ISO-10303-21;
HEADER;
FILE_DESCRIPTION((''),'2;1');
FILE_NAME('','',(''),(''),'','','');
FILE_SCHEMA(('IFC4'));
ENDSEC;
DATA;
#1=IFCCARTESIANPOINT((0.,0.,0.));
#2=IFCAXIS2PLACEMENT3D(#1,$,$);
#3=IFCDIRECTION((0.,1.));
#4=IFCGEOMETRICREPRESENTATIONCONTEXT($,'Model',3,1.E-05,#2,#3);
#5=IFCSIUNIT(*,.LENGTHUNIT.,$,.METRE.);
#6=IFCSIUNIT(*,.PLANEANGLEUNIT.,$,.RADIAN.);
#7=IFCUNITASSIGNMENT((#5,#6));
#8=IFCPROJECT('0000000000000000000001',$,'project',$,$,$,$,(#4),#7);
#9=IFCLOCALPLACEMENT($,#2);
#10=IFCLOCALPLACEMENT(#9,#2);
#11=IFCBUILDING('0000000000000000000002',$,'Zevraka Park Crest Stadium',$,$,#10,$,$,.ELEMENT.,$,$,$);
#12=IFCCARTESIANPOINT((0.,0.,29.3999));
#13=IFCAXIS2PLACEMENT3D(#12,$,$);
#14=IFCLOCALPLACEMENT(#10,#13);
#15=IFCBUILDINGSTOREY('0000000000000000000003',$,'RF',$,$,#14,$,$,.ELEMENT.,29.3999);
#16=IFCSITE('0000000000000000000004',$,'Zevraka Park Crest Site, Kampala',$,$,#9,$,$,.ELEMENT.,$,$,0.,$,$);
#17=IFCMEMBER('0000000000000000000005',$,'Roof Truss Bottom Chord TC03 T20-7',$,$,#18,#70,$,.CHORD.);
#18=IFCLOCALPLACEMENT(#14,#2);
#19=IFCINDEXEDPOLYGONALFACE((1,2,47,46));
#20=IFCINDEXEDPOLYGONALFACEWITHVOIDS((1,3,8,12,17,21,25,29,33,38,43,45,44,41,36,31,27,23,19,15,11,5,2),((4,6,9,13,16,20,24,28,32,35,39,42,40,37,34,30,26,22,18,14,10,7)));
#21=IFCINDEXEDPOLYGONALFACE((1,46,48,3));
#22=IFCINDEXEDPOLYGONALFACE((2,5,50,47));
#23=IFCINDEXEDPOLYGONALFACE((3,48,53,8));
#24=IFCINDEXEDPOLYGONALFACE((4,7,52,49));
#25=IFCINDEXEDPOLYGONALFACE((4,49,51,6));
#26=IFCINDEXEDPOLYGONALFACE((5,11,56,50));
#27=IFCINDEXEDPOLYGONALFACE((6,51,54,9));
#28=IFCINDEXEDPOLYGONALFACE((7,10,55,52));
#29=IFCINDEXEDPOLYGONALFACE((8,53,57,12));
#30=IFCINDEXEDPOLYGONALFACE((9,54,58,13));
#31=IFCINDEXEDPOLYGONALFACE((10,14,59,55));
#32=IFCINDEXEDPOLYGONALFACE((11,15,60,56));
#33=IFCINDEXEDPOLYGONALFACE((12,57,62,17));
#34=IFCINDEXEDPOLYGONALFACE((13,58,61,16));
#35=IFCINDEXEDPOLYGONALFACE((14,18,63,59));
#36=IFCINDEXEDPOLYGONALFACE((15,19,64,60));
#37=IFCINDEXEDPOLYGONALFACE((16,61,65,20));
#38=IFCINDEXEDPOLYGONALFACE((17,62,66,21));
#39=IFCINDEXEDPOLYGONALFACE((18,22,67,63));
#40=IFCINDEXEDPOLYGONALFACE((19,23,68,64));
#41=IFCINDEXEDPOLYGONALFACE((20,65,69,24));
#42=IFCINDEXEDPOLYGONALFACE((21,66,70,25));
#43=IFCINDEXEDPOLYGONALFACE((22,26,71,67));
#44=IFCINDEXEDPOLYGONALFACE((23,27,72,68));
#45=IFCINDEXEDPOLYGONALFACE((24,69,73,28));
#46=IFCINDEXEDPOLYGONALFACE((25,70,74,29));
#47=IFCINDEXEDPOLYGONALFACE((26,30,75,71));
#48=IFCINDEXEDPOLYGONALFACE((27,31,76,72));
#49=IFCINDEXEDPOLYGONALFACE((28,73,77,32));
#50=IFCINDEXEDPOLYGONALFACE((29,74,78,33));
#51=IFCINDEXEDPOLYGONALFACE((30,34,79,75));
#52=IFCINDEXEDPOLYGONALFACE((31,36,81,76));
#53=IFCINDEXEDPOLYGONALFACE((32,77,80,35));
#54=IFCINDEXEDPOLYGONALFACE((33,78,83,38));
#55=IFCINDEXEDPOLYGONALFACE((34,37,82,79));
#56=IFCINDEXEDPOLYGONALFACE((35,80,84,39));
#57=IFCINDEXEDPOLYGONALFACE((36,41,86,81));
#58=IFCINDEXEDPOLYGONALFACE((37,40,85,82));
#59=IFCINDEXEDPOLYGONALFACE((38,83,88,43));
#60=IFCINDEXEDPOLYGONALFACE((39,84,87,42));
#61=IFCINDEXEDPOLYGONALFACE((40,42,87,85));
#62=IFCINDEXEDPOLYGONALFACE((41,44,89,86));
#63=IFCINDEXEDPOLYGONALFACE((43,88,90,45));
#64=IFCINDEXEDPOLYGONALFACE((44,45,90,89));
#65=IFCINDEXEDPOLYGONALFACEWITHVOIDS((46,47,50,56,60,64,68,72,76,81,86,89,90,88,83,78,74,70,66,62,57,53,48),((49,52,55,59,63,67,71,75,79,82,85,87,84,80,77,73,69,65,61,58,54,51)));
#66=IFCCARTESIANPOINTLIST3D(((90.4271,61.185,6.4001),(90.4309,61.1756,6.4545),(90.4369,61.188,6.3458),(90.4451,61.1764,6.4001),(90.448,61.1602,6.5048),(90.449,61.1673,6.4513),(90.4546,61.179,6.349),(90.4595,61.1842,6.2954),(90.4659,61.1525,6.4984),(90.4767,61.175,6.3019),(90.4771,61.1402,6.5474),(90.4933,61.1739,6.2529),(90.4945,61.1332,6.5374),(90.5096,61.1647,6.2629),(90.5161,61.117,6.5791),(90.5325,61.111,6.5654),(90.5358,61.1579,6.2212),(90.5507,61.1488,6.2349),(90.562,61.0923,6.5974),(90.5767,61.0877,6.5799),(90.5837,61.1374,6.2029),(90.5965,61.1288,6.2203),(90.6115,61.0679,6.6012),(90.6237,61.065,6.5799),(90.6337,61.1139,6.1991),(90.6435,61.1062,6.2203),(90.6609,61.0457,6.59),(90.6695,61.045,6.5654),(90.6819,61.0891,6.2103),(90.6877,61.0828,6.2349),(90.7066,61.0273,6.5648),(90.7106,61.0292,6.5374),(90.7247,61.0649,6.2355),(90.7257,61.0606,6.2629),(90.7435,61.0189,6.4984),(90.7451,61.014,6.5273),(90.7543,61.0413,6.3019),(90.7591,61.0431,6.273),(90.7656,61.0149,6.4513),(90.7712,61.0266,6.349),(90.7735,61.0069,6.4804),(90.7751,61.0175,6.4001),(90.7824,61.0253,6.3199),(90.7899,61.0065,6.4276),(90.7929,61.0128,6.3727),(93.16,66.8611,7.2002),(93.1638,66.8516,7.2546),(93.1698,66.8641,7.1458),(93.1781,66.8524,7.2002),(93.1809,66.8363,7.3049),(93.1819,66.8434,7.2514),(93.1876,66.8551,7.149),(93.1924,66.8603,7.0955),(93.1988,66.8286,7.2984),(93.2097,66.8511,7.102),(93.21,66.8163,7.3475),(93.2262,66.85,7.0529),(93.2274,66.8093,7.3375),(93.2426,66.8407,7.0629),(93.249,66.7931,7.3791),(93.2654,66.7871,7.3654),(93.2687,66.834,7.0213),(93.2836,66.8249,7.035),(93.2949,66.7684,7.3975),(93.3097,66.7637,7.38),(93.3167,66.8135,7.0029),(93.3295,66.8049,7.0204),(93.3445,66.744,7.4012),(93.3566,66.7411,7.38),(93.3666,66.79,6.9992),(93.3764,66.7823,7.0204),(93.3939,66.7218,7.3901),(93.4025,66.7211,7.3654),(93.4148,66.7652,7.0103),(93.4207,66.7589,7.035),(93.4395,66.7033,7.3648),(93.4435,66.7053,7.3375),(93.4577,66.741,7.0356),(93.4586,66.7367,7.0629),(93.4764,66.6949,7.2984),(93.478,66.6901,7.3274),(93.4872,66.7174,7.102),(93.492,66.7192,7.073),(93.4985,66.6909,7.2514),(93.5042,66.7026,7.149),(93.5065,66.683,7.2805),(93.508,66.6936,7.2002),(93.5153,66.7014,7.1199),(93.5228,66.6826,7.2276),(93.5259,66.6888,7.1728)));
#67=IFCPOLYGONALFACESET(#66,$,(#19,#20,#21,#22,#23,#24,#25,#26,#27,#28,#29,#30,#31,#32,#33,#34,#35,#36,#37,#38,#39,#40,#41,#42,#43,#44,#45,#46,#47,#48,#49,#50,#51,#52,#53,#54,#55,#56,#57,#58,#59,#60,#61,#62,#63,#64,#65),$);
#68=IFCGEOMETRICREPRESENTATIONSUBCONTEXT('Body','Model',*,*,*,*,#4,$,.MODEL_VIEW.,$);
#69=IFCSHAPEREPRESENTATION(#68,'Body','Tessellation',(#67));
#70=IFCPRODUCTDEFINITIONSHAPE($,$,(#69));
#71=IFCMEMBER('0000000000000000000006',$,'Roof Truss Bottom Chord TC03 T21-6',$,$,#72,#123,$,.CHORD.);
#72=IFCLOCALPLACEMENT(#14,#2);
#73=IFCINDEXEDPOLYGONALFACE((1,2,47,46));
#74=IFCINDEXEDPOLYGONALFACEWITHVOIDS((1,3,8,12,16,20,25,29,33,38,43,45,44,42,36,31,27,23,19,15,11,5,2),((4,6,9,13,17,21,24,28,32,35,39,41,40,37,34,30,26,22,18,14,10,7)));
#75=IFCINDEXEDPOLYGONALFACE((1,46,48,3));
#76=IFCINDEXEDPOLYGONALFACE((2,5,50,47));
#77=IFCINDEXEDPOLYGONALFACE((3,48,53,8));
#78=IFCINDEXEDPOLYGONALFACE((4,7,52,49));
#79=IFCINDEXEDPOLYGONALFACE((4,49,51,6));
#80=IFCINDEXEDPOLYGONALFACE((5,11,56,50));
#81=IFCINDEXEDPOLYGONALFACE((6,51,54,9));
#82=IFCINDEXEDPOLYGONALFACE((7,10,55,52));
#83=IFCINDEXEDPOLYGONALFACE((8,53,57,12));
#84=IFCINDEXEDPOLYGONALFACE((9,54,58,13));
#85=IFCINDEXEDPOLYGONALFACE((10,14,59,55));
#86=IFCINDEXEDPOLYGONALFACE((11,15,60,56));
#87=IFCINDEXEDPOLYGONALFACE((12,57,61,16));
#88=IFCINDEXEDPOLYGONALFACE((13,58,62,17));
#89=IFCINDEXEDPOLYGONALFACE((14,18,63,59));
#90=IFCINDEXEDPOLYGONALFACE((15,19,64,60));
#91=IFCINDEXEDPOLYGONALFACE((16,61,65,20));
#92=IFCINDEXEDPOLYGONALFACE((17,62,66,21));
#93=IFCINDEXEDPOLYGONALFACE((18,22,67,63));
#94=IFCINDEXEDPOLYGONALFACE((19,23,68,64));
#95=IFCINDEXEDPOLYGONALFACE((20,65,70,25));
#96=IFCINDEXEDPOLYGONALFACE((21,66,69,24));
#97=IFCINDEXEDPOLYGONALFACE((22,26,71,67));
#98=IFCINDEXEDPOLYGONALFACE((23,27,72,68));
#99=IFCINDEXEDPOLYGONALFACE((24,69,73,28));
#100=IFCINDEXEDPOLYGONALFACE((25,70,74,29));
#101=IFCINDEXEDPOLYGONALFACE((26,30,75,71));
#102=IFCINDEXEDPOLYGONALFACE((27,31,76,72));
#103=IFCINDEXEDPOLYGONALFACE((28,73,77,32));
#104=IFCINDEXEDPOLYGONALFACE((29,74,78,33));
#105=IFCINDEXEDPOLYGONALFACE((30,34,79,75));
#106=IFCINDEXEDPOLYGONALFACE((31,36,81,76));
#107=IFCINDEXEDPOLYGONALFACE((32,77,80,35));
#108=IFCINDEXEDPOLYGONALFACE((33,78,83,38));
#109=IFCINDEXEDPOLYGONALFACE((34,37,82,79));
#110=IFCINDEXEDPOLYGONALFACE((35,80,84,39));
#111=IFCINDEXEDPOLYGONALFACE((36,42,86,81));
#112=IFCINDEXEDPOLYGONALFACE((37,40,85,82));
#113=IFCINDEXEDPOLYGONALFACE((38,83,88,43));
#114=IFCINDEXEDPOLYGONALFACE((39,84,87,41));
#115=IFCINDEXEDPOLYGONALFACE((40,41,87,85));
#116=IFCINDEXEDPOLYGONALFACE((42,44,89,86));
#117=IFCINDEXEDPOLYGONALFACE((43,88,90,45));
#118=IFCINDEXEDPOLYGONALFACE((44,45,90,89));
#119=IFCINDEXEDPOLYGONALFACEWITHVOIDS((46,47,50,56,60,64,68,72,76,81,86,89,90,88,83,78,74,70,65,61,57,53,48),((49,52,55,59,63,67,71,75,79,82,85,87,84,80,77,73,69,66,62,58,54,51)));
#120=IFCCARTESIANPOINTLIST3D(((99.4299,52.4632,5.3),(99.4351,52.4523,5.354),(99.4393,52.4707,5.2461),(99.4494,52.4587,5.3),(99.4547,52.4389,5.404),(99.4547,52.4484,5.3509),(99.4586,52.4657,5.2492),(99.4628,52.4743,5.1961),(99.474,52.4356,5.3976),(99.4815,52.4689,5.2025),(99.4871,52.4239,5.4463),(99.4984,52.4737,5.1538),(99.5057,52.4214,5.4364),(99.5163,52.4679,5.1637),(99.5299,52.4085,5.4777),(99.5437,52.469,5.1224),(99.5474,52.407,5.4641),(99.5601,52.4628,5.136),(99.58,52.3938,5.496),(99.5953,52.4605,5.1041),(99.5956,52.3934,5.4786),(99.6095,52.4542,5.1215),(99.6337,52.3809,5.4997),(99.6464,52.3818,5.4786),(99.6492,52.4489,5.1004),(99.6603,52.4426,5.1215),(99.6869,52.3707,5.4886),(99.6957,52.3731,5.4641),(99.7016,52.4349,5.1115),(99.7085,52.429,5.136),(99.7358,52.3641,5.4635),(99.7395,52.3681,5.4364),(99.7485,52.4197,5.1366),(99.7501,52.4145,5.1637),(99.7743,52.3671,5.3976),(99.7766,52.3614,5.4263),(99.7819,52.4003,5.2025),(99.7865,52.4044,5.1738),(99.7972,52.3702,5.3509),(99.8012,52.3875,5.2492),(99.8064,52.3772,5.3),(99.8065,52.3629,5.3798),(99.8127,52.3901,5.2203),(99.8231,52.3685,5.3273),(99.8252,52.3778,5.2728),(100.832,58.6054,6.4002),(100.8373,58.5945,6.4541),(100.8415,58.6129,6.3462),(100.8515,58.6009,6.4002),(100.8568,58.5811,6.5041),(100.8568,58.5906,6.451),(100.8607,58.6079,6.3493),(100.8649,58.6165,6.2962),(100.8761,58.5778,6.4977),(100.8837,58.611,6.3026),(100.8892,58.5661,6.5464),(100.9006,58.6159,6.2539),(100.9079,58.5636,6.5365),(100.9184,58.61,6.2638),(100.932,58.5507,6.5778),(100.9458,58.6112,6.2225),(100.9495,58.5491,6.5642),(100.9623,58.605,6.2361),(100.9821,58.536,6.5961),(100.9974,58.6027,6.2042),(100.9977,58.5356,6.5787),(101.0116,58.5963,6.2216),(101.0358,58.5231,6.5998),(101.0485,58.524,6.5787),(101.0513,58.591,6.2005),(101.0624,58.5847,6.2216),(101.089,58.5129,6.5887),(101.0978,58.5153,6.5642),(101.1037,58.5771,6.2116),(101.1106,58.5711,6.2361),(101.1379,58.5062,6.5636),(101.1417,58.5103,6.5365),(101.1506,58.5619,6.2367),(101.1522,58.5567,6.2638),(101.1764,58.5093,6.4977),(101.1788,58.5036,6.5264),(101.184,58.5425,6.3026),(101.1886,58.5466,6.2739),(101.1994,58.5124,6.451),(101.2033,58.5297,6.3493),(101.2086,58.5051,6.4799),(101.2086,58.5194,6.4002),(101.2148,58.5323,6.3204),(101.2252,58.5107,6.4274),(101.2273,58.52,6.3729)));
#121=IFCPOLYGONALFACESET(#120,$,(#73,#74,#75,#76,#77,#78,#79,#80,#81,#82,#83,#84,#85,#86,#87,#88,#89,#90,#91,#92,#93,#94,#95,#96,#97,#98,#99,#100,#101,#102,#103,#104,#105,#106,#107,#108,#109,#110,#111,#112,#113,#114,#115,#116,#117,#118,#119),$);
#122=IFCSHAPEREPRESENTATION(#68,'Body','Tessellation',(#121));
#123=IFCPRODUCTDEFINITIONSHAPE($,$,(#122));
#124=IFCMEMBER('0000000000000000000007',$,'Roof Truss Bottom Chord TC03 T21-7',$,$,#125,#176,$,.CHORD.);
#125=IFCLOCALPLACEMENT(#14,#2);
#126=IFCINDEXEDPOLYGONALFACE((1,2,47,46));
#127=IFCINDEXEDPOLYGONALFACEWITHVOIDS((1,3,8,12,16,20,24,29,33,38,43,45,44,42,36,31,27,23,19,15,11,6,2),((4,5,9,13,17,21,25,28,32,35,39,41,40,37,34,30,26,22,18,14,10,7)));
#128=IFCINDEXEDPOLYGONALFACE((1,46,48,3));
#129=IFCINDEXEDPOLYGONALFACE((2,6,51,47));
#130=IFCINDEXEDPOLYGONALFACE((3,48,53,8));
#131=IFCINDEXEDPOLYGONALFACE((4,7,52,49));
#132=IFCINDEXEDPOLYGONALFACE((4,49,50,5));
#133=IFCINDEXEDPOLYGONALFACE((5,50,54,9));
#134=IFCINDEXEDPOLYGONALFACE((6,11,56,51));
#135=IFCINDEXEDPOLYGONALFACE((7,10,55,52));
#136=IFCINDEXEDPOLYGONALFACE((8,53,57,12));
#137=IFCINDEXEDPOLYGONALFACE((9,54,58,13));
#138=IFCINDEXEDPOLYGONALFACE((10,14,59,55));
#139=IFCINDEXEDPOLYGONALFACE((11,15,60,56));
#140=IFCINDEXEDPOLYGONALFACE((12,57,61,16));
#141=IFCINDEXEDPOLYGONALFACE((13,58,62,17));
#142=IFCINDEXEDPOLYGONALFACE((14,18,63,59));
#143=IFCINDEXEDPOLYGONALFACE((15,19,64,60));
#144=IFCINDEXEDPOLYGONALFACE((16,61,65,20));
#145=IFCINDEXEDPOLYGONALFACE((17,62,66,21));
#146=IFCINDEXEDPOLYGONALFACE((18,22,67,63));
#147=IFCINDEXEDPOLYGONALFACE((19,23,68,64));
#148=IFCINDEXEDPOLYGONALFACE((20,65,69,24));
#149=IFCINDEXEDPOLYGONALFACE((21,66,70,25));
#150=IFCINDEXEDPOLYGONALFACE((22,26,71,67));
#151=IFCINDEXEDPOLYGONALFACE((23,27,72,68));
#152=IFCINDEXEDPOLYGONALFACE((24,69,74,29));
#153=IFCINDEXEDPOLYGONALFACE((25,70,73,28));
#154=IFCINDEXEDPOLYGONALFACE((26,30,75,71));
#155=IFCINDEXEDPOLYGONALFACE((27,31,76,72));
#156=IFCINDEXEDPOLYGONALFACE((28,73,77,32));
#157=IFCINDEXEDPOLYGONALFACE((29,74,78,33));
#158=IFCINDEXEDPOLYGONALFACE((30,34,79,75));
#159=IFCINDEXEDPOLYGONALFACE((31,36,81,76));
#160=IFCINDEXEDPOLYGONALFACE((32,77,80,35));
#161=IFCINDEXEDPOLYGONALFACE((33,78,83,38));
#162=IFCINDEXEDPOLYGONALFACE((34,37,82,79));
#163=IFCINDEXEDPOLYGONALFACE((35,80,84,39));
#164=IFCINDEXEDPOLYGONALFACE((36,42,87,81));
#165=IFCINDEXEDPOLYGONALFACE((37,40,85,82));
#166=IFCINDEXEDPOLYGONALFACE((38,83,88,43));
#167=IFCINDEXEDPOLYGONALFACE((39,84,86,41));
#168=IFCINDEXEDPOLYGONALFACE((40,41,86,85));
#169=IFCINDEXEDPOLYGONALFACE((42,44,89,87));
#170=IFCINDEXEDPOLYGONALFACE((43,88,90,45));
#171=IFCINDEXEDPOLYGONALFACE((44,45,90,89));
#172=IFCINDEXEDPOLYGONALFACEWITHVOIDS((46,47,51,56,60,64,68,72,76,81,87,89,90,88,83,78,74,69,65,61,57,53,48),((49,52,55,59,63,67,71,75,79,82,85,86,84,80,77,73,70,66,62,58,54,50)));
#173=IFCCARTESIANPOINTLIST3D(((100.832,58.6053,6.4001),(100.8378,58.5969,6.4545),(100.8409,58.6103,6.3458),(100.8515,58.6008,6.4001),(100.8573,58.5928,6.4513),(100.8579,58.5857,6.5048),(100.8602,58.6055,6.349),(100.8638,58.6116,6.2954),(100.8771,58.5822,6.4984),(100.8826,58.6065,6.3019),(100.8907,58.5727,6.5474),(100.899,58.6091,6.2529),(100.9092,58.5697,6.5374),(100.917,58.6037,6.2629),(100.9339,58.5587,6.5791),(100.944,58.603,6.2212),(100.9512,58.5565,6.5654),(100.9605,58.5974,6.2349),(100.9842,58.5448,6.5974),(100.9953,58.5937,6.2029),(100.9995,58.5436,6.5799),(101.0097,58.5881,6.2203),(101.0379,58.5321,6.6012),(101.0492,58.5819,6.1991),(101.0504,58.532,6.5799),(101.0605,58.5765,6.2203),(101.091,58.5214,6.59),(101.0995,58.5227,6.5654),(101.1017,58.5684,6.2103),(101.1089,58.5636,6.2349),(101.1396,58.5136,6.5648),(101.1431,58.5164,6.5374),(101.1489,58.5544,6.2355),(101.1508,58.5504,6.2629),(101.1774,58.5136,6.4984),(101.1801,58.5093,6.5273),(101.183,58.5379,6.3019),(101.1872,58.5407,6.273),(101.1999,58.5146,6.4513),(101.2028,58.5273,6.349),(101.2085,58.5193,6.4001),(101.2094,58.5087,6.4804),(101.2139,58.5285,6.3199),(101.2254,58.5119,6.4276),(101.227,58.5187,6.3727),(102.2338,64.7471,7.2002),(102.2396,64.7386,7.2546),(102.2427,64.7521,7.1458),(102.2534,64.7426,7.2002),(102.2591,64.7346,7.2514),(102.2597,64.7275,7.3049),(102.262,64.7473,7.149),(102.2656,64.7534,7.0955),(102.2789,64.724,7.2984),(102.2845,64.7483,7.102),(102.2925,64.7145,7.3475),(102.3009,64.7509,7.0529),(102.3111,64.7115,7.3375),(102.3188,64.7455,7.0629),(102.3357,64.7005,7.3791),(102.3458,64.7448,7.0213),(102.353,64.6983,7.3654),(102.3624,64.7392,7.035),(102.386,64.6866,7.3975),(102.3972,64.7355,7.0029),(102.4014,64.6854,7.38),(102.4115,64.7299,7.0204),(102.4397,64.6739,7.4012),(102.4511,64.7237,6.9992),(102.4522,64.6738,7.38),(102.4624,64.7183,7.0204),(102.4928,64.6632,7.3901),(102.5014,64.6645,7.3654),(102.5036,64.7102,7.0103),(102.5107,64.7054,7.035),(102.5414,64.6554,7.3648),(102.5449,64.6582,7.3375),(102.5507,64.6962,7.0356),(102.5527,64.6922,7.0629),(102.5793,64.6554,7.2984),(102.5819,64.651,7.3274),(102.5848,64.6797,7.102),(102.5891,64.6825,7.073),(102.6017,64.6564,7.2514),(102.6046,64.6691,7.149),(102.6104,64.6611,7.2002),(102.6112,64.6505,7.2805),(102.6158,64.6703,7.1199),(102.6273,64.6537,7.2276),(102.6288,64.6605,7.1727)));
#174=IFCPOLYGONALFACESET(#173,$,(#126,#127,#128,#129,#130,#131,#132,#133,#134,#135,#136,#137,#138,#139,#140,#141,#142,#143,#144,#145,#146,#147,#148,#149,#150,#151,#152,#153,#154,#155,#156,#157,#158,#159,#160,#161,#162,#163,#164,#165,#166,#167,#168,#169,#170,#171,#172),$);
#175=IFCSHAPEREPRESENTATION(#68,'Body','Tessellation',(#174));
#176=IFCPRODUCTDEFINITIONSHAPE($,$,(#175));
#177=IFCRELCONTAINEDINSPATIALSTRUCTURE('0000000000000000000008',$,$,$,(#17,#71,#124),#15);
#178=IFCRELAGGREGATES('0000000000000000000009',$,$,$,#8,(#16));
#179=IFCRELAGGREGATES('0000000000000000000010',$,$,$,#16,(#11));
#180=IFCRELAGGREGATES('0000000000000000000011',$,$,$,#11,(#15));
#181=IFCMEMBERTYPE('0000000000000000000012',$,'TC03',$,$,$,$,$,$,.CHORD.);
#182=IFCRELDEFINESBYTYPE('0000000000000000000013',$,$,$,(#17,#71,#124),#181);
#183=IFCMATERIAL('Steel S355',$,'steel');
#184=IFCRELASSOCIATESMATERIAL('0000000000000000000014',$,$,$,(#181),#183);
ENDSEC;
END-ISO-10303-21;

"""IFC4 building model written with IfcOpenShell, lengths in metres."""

from ifc_helpers import new_model, si_unit, direction, frame, origin, origin_2d, place, context, subcontext, project, spatial, hollow_circle, extrude, material, material_profile, profile_set, type_object, element, save


model = new_model("IFC4")

# Units and contexts
model_context = context("Model", 3, precision=1e-05, world=origin(), true_north=direction((0.0, 1.0)))
body_context = subcontext(model_context, "Body", "Model", "MODEL_VIEW")
ifc_project = project(units=[si_unit("LENGTHUNIT", "METRE"), si_unit("PLANEANGLEUNIT", "RADIAN")], contexts=[model_context])

# Site, building, storey
site_placement = place(None, origin())
site = spatial("IfcSite", under=ifc_project, at=site_placement, Name="Zevraka Park Crest Site, Kampala", CompositionType="ELEMENT", RefElevation=0.0)
building_placement = place(site_placement, origin())
building = spatial("IfcBuilding", under=site, at=building_placement, Name="Zevraka Park Crest Stadium", CompositionType="ELEMENT")
storey_placement = place(building_placement, frame((0.0, 0.0, 29.3999)))
storey = spatial("IfcBuildingStorey", under=building, at=storey_placement, Name="RF", CompositionType="ELEMENT", Elevation=29.3999)

# Members
ifc_material_1 = material(Name="Steel S355", Category="steel")
ifc_material_profile_1 = material_profile(ifc_material_1, hollow_circle(Radius=0.2031, WallThickness=0.02, at=origin_2d()), Name="CHS 406.4x20")
ifc_profile_set_1 = profile_set([ifc_material_profile_1], Name="Steel S355")
member_type_1 = type_object("IfcMemberType", Name="TC03", PredefinedType="CHORD", material=ifc_profile_set_1)
member_1_placement = place(storey_placement, frame((90.6101, 61.0969, 6.4001), z_axis=(0.43036, 0.893822, 0.125986), x_axis=(-0.901001, 0.433817, 0.0)))
element("IfcMember", 1, at=member_1_placement, inside=storey, type_object=member_type_1, Name="Roof Truss Bottom Chord TC03 T20-7", PredefinedType="CHORD", context=body_context, shape_type="SweptSolid", body=[
    extrude(hollow_circle(Radius=0.2031, WallThickness=0.02, at=origin_2d()), origin(), (0.0, 0.0, 1.0), 6.3503),
])
member_2_placement = place(storey_placement, frame((99.6279, 52.418, 5.3), z_axis=(0.219235, 0.960389, 0.172013), x_axis=(-0.974921, 0.222552, 0.0)))
element("IfcMember", 2, at=member_2_placement, inside=storey, type_object=member_type_1, Name="Roof Truss Bottom Chord TC03 T21-6", PredefinedType="CHORD", context=body_context, shape_type="SweptSolid", body=[
    extrude(hollow_circle(Radius=0.2031, WallThickness=0.02, at=origin_2d()), origin(), (0.0, 0.0, 1.0), 6.3955),
])
member_3_placement = place(storey_placement, frame((101.03, 58.5601, 6.4001), z_axis=(0.220751, 0.967159, 0.125984), x_axis=(-0.974927, 0.222524, 0.0)))
element("IfcMember", 3, at=member_3_placement, inside=storey, type_object=member_type_1, Name="Roof Truss Bottom Chord TC03 T21-7", PredefinedType="CHORD", context=body_context, shape_type="SweptSolid", body=[
    extrude(hollow_circle(Radius=0.2031, WallThickness=0.02, at=origin_2d()), origin(), (0.0, 0.0, 1.0), 6.3503),
])

save(model, "model.ifc")
